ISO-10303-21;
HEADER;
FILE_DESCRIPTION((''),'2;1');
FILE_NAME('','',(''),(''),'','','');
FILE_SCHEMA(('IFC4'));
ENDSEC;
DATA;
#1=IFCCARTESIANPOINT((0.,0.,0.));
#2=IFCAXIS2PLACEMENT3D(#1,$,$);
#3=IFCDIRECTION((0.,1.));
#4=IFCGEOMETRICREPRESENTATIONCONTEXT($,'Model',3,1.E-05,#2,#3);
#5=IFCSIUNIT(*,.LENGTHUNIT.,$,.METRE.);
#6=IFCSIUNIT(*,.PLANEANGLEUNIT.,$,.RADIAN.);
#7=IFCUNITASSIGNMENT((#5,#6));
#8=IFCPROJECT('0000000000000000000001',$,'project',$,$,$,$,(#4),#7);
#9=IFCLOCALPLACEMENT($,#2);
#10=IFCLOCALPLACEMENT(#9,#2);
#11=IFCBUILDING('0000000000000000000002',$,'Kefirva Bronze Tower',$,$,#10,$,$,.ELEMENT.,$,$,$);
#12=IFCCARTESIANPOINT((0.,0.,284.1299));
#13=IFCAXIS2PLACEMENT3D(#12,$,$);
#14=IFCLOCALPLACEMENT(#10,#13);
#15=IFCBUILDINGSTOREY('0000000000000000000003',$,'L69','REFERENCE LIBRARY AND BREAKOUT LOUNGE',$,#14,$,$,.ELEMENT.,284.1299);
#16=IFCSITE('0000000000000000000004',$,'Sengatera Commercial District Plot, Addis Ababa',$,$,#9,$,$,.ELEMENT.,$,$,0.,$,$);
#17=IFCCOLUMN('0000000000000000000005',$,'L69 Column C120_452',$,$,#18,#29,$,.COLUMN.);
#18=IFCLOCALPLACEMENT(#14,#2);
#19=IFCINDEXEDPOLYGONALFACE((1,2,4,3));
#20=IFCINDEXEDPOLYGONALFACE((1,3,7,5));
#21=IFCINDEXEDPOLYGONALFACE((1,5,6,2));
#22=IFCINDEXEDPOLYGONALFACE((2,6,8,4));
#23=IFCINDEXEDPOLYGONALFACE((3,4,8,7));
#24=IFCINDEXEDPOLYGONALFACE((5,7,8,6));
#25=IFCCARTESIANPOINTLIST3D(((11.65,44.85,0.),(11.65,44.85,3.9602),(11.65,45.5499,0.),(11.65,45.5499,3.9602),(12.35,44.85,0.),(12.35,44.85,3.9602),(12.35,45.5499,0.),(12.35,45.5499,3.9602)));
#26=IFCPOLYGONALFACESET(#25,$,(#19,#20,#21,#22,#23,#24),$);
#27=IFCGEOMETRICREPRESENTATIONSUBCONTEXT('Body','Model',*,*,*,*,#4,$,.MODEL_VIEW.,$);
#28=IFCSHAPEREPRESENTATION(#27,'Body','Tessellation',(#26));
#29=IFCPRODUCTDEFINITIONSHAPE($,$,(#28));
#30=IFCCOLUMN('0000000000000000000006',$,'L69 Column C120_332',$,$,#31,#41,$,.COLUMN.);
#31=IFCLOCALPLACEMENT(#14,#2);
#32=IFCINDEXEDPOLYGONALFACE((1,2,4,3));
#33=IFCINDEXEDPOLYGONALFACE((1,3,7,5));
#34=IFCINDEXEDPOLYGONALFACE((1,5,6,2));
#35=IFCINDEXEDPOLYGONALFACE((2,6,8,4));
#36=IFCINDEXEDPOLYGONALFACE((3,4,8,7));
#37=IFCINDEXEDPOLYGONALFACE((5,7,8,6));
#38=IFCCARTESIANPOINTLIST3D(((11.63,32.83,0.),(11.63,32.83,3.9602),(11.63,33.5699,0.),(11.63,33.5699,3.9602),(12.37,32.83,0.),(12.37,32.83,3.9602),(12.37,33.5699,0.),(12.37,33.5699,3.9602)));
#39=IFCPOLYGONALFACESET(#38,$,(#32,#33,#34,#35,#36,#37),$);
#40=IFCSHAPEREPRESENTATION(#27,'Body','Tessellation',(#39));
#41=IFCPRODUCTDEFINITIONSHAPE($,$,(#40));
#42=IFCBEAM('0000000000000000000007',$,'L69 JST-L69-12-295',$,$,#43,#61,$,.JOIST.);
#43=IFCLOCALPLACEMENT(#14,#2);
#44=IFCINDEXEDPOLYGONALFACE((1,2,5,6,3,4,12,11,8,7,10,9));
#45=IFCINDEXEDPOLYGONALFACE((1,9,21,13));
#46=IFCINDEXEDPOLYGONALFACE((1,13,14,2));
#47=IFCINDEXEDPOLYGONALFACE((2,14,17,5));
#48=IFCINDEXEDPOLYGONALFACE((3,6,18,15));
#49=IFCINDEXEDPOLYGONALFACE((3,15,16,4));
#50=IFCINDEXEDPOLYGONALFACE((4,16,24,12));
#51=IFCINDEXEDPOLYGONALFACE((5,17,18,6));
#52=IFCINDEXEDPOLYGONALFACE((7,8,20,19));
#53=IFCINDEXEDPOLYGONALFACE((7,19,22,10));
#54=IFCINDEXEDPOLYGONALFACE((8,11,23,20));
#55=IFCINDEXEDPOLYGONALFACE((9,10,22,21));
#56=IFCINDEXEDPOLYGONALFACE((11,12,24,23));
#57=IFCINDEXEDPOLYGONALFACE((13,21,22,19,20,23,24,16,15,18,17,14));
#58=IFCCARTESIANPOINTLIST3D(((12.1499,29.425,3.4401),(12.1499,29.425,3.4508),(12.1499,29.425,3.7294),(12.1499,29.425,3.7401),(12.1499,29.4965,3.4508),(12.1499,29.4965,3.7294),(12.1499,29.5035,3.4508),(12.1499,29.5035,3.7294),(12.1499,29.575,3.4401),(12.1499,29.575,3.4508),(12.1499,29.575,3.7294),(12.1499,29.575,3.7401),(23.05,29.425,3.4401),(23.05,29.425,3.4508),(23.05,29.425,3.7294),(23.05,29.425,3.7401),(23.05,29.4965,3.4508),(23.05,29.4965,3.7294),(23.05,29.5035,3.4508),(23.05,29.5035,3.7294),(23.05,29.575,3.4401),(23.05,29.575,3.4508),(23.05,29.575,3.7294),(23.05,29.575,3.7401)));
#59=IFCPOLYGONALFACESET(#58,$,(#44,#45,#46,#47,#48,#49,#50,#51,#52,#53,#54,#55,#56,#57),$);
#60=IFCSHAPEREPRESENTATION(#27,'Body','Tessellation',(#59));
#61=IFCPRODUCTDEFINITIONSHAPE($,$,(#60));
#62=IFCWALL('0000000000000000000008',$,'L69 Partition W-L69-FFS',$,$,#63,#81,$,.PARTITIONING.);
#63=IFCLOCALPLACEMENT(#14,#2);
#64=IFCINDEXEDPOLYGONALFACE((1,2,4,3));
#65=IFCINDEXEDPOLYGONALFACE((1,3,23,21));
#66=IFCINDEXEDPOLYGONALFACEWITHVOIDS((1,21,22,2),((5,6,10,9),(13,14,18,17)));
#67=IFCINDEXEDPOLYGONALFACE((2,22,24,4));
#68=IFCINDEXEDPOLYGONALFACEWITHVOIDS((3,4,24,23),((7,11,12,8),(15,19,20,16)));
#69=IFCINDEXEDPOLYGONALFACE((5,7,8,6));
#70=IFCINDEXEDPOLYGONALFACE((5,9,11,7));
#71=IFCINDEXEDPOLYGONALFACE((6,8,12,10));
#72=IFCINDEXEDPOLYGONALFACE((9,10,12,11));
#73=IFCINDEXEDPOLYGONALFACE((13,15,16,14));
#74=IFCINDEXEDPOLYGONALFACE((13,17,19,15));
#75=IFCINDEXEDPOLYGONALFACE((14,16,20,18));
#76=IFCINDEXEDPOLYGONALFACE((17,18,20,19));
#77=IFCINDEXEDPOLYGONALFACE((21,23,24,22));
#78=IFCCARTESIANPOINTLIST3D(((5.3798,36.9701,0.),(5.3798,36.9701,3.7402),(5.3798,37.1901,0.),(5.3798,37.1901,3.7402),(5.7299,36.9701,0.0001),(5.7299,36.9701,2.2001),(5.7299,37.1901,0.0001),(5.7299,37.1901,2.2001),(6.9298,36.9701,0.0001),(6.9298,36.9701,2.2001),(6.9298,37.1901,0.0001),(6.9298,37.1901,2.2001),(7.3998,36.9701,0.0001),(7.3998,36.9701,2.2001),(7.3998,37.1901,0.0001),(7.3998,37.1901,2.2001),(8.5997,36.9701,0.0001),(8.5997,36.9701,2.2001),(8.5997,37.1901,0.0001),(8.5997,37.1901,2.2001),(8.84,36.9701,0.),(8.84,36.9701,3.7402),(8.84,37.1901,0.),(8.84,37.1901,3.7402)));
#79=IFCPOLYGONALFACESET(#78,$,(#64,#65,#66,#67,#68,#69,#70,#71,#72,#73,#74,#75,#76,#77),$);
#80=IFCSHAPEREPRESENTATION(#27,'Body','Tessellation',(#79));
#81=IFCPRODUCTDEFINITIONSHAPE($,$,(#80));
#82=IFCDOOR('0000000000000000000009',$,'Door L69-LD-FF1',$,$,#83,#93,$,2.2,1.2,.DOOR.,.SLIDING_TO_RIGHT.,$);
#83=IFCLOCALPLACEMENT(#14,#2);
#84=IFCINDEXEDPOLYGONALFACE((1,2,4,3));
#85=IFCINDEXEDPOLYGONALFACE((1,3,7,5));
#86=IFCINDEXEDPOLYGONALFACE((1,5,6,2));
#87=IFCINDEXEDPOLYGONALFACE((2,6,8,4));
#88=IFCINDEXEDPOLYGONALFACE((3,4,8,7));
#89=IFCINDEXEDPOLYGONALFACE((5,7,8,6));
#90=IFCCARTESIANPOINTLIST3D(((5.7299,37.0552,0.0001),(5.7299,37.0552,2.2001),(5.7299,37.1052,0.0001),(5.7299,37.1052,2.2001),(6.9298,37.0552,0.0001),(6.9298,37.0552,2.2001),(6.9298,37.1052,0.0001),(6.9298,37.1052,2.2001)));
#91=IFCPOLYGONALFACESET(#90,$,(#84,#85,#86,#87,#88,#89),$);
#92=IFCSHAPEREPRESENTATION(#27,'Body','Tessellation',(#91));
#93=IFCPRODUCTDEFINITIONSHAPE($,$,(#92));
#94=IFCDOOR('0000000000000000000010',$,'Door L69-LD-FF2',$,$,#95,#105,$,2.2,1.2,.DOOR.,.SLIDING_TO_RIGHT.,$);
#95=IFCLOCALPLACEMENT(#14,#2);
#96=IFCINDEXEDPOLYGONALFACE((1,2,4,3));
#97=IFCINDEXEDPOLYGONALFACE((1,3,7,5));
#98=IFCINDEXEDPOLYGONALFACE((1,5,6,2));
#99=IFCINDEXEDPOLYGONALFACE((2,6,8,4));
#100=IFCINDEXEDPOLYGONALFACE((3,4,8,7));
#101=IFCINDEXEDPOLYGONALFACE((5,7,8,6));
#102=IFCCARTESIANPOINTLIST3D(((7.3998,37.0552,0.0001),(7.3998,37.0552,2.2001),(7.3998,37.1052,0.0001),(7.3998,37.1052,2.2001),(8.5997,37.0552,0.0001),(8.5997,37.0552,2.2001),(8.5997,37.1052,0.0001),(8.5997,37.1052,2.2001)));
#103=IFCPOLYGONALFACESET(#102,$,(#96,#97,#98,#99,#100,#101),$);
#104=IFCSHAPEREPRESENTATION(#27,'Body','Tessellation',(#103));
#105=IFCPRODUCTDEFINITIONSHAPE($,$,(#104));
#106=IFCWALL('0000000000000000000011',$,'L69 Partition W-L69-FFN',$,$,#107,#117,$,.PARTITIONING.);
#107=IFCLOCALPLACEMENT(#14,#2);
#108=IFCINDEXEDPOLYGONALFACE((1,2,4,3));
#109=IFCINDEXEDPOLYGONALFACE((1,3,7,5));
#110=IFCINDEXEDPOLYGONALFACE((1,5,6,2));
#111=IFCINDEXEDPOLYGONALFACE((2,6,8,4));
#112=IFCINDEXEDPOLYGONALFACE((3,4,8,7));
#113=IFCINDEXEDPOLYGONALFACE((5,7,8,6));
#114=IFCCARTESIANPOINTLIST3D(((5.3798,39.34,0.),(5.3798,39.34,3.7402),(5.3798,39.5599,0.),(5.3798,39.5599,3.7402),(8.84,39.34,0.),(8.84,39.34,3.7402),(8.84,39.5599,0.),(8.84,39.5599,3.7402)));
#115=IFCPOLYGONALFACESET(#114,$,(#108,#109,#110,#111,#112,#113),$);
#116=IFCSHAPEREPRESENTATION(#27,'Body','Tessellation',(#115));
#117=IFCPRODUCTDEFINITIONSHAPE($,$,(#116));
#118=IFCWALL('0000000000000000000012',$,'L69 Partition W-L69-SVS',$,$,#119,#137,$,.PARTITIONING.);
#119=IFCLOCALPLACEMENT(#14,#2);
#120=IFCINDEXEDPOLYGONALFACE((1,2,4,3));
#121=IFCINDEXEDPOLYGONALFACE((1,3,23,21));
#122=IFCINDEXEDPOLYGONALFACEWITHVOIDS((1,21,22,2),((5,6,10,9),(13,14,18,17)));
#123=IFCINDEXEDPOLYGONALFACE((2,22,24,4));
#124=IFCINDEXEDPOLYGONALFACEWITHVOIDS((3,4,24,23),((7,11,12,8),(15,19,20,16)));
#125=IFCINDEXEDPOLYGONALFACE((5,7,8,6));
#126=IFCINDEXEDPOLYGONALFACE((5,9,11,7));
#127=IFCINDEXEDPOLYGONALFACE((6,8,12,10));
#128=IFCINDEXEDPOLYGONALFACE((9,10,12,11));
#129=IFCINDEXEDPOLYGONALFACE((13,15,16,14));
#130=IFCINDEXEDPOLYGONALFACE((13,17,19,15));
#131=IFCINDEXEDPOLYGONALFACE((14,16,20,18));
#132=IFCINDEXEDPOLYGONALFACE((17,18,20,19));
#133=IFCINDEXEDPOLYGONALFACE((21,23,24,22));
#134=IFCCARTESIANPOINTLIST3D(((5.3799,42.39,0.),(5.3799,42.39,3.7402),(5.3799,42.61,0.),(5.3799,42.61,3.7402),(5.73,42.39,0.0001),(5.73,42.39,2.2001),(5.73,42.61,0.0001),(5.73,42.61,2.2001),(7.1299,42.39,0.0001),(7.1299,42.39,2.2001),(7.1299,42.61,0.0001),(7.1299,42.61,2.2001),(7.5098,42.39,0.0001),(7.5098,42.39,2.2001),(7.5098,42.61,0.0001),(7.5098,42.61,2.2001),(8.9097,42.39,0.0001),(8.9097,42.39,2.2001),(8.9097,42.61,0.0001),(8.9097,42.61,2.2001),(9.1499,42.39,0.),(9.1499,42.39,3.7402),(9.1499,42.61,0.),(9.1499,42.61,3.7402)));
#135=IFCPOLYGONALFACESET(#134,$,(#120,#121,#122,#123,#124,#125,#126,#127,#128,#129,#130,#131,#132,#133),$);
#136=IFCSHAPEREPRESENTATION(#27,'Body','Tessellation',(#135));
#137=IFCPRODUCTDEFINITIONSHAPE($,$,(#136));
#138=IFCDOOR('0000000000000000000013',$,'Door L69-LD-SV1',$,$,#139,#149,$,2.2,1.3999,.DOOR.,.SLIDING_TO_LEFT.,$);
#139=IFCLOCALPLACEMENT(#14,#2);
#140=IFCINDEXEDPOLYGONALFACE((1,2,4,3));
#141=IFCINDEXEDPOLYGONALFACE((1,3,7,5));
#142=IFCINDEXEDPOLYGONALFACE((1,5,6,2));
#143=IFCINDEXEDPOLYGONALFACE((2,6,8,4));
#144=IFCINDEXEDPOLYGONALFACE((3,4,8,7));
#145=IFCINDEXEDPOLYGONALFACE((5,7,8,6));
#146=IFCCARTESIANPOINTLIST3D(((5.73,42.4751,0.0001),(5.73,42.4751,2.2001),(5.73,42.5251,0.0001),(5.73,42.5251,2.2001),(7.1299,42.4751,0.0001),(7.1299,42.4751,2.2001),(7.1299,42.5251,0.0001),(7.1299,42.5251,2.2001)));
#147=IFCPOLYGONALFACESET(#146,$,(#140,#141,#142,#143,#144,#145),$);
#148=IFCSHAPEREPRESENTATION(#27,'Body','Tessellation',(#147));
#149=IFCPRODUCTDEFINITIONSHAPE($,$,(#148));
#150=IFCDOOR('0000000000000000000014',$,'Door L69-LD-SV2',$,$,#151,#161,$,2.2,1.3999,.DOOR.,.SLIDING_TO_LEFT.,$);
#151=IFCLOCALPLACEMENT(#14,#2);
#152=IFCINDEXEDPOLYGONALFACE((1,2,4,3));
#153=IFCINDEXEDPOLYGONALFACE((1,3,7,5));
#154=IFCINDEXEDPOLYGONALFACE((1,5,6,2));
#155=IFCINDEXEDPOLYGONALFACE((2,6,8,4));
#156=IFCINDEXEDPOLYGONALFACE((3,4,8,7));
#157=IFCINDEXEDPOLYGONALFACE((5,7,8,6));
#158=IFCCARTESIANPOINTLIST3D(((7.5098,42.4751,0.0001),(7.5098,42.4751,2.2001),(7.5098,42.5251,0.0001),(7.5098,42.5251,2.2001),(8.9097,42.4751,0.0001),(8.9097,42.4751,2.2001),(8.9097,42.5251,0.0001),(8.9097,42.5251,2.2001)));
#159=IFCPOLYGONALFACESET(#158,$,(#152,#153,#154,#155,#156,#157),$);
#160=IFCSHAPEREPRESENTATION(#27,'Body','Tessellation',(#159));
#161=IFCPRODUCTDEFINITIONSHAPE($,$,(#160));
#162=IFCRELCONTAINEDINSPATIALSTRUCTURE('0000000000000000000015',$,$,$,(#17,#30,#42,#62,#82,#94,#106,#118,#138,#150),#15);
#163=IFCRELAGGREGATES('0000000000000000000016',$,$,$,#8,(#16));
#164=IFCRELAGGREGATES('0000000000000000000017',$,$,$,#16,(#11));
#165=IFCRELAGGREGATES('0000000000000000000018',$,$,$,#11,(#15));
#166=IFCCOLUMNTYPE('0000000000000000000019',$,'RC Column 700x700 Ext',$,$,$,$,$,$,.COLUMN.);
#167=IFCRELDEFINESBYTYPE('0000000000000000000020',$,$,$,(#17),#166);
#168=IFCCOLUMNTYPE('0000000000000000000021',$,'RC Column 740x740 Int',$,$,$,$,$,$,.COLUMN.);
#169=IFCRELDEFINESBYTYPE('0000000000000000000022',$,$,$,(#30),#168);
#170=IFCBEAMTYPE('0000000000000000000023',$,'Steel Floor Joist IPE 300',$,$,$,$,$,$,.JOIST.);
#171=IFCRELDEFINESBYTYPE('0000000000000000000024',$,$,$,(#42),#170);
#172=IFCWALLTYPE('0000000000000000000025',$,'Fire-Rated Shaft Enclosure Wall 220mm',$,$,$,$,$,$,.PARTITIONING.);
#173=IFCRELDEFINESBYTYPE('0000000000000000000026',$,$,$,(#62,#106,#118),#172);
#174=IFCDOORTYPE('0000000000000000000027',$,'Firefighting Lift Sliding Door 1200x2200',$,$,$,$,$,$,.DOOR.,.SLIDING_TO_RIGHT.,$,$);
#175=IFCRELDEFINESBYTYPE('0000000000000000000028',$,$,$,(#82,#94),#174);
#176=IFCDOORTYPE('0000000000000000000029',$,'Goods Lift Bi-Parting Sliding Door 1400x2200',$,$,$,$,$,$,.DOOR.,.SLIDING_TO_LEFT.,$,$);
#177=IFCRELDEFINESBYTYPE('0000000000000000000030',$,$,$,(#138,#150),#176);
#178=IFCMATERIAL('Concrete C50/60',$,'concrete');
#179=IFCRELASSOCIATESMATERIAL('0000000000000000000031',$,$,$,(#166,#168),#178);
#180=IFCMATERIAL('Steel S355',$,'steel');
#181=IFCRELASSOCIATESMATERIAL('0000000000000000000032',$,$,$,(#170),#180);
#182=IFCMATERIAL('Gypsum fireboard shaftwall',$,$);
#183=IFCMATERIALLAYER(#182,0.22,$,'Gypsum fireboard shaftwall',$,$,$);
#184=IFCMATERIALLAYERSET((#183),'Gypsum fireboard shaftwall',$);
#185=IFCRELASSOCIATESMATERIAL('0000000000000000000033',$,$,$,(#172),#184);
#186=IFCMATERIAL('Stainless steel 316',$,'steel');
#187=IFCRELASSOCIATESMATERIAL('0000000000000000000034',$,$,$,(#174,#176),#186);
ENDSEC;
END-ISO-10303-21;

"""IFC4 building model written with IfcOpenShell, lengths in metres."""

from ifc_helpers import new_model, si_unit, direction, frame, frame_2d, origin, origin_2d, place, context, subcontext, project, spatial, rectangle, i_section, extrude, material, layer, layer_set, material_profile, profile_set, type_object, element, fill, save


model = new_model("IFC4")

# Units and contexts
model_context = context("Model", 3, precision=1e-05, world=origin(), true_north=direction((0.0, 1.0)))
body_context = subcontext(model_context, "Body", "Model", "MODEL_VIEW")
ifc_project = project(units=[si_unit("LENGTHUNIT", "METRE"), si_unit("PLANEANGLEUNIT", "RADIAN")], contexts=[model_context])

# Site, building, storey
site_placement = place(None, origin())
site = spatial("IfcSite", under=ifc_project, at=site_placement, Name="Sengatera Commercial District Plot, Addis Ababa", CompositionType="ELEMENT", RefElevation=0.0)
building_placement = place(site_placement, origin())
building = spatial("IfcBuilding", under=site, at=building_placement, Name="Kefirva Bronze Tower", CompositionType="ELEMENT")
storey_placement = place(building_placement, frame((0.0, 0.0, 284.1299)))
storey = spatial("IfcBuildingStorey", under=building, at=storey_placement, Name="L69", Description="REFERENCE LIBRARY AND BREAKOUT LOUNGE", CompositionType="ELEMENT", Elevation=284.1299)

# Columns
ifc_material_1 = material(Name="Concrete C50/60", Category="concrete")
ifc_material_profile_1 = material_profile(ifc_material_1, rectangle(XDim=0.7, YDim=0.7, at=origin_2d()), Name="RC 700x700")
ifc_profile_set_1 = profile_set([ifc_material_profile_1], Name="Concrete C50/60")
column_type_1 = type_object("IfcColumnType", Name="RC Column 700x700 Ext", PredefinedType="COLUMN", material=ifc_profile_set_1)
column_1_placement = place(storey_placement, frame((12.0, 45.2, 0.0), z_axis=(0.0, 0.0, 1.0), x_axis=(1.0, 0.0, 0.0)))
element("IfcColumn", 1, at=column_1_placement, inside=storey, type_object=column_type_1, Name="L69 Column C120_452", PredefinedType="COLUMN", context=body_context, shape_type="SweptSolid", body=[
    extrude(rectangle(XDim=0.7, YDim=0.7, at=origin_2d()), origin(), (0.0, 0.0, 1.0), 3.9602),
])
ifc_material_profile_2 = material_profile(ifc_material_1, rectangle(XDim=0.74, YDim=0.74, at=origin_2d()), Name="RC 740x740")
ifc_profile_set_2 = profile_set([ifc_material_profile_2], Name="Concrete C50/60")
column_type_2 = type_object("IfcColumnType", Name="RC Column 740x740 Int", PredefinedType="COLUMN", material=ifc_profile_set_2)
column_2_placement = place(storey_placement, frame((12.0, 33.2, 0.0), z_axis=(0.0, 0.0, 1.0), x_axis=(1.0, 0.0, 0.0)))
element("IfcColumn", 2, at=column_2_placement, inside=storey, type_object=column_type_2, Name="L69 Column C120_332", PredefinedType="COLUMN", context=body_context, shape_type="SweptSolid", body=[
    extrude(rectangle(XDim=0.74, YDim=0.74, at=origin_2d()), origin(), (0.0, 0.0, 1.0), 3.9602),
])

# Beam
ifc_material_2 = material(Name="Steel S355", Category="steel")
ifc_material_profile_3 = material_profile(ifc_material_2, i_section(OverallWidth=0.1499, OverallDepth=0.3, WebThickness=0.0071, FlangeThickness=0.0107, at=origin_2d()), Name="IPE 300")
ifc_profile_set_3 = profile_set([ifc_material_profile_3], Name="Steel S355")
beam_type = type_object("IfcBeamType", Name="Steel Floor Joist IPE 300", PredefinedType="JOIST", material=ifc_profile_set_3)
beam_placement = place(storey_placement, frame((12.1499, 29.5, 3.5901), z_axis=(1.0, 0.0, 0.0), x_axis=(0.0, 1.0, 0.0)))
element("IfcBeam", 3, at=beam_placement, inside=storey, type_object=beam_type, Name="L69 JST-L69-12-295", PredefinedType="JOIST", context=body_context, shape_type="SweptSolid", body=[
    extrude(i_section(OverallWidth=0.1499, OverallDepth=0.3, WebThickness=0.0071, FlangeThickness=0.0107, at=origin_2d()), origin(), (0.0, 0.0, 1.0), 10.9001),
])

# Wall, openings, doors
ifc_material_3 = material(Name="Gypsum fireboard shaftwall")
ifc_layer_1 = layer(ifc_material_3, 0.22, Name="Gypsum fireboard shaftwall")
ifc_layer_set_1 = layer_set([ifc_layer_1], Name="Gypsum fireboard shaftwall")
wall_type_1 = type_object("IfcWallType", Name="Fire-Rated Shaft Enclosure Wall 220mm", PredefinedType="PARTITIONING", material=ifc_layer_set_1)
wall_1_placement = place(storey_placement, frame((5.3799, 37.0801, 0.0), z_axis=(0.0, 0.0, 1.0), x_axis=(1.0, 0.0, 0.0)))
wall_1 = element("IfcWall", 4, at=wall_1_placement, inside=storey, type_object=wall_type_1, Name="L69 Partition W-L69-FFS", PredefinedType="PARTITIONING", context=body_context, shape_type="SweptSolid", body=[
    extrude(rectangle(XDim=3.4602, YDim=0.22, at=frame_2d((1.73, 0.0))), origin(), (0.0, 0.0, 1.0), 3.7402),
])
opening_1_placement = place(wall_1_placement, frame((1.55, 0.0, 0.0), z_axis=(0.0, 0.0, 1.0), x_axis=(-1.0, 0.0, 0.0)))
opening_1 = element("IfcOpeningElement", 5, at=opening_1_placement, cuts=wall_1, PredefinedType="OPENING", context=body_context, shape_type="SweptSolid", body=[
    extrude(rectangle(XDim=1.2, YDim=2.2, at=frame_2d((0.6001, 1.1001))), frame((0.0, 0.1201, 0.0), z_axis=(0.0, -1.0, 0.0), x_axis=(1.0, 0.0, 0.0)), (0.0, 0.0, 1.0), 0.24),
])
opening_2_placement = place(wall_1_placement, frame((3.22, 0.0, 0.0), z_axis=(0.0, 0.0, 1.0), x_axis=(-1.0, 0.0, 0.0)))
opening_2 = element("IfcOpeningElement", 6, at=opening_2_placement, cuts=wall_1, PredefinedType="OPENING", context=body_context, shape_type="SweptSolid", body=[
    extrude(rectangle(XDim=1.2, YDim=2.2, at=frame_2d((0.6001, 1.1001))), frame((0.0, 0.1201, 0.0), z_axis=(0.0, -1.0, 0.0), x_axis=(1.0, 0.0, 0.0)), (0.0, 0.0, 1.0), 0.24),
])
ifc_material_4 = material(Name="Stainless steel 316", Category="steel")
door_type_1 = type_object("IfcDoorType", Name="Firefighting Lift Sliding Door 1200x2200", OperationType="SLIDING_TO_RIGHT", PredefinedType="DOOR", material=ifc_material_4)
door_1_placement = place(opening_1_placement, origin())
door_1 = element("IfcDoor", 7, at=door_1_placement, inside=storey, type_object=door_type_1, Name="Door L69-LD-FF1", OperationType="SLIDING_TO_RIGHT", OverallHeight=2.2, OverallWidth=1.2, PredefinedType="DOOR", context=body_context, shape_type="SweptSolid", body=[
    extrude(rectangle(XDim=1.2, YDim=2.2, at=frame_2d((0.6001, 1.1001))), frame((0.0, 0.0249, 0.0), z_axis=(0.0, -1.0, 0.0), x_axis=(1.0, 0.0, 0.0)), (0.0, 0.0, 1.0), 0.05),
])
fill(opening_1, door_1)
door_2_placement = place(opening_2_placement, origin())
door_2 = element("IfcDoor", 8, at=door_2_placement, inside=storey, type_object=door_type_1, Name="Door L69-LD-FF2", OperationType="SLIDING_TO_RIGHT", OverallHeight=2.2, OverallWidth=1.2, PredefinedType="DOOR", context=body_context, shape_type="SweptSolid", body=[
    extrude(rectangle(XDim=1.2, YDim=2.2, at=frame_2d((0.6001, 1.1001))), frame((0.0, 0.0249, 0.0), z_axis=(0.0, -1.0, 0.0), x_axis=(1.0, 0.0, 0.0)), (0.0, 0.0, 1.0), 0.05),
])
fill(opening_2, door_2)

# Wall
wall_2_placement = place(storey_placement, frame((5.3799, 39.45, 0.0), z_axis=(0.0, 0.0, 1.0), x_axis=(1.0, 0.0, 0.0)))
element("IfcWall", 9, at=wall_2_placement, inside=storey, type_object=wall_type_1, Name="L69 Partition W-L69-FFN", PredefinedType="PARTITIONING", context=body_context, shape_type="SweptSolid", body=[
    extrude(rectangle(XDim=3.4602, YDim=0.22, at=frame_2d((1.73, 0.0))), origin(), (0.0, 0.0, 1.0), 3.7402),
])

# Wall, openings, doors
wall_3_placement = place(storey_placement, frame((5.3799, 42.5, 0.0), z_axis=(0.0, 0.0, 1.0), x_axis=(1.0, 0.0, 0.0)))
wall_3 = element("IfcWall", 10, at=wall_3_placement, inside=storey, type_object=wall_type_1, Name="L69 Partition W-L69-SVS", PredefinedType="PARTITIONING", context=body_context, shape_type="SweptSolid", body=[
    extrude(rectangle(XDim=3.77, YDim=0.22, at=frame_2d((1.885, 0.0))), origin(), (0.0, 0.0, 1.0), 3.7402),
])
opening_3_placement = place(wall_3_placement, frame((1.75, 0.0, 0.0), z_axis=(0.0, 0.0, 1.0), x_axis=(-1.0, 0.0, 0.0)))
opening_3 = element("IfcOpeningElement", 11, at=opening_3_placement, cuts=wall_3, PredefinedType="OPENING", context=body_context, shape_type="SweptSolid", body=[
    extrude(rectangle(XDim=1.3999, YDim=2.2, at=frame_2d((0.7, 1.1001))), frame((0.0, 0.1201, 0.0), z_axis=(0.0, -1.0, 0.0), x_axis=(1.0, 0.0, 0.0)), (0.0, 0.0, 1.0), 0.24),
])
opening_4_placement = place(wall_3_placement, frame((3.5298, 0.0, 0.0), z_axis=(0.0, 0.0, 1.0), x_axis=(-1.0, 0.0, 0.0)))
opening_4 = element("IfcOpeningElement", 12, at=opening_4_placement, cuts=wall_3, PredefinedType="OPENING", context=body_context, shape_type="SweptSolid", body=[
    extrude(rectangle(XDim=1.3999, YDim=2.2, at=frame_2d((0.7, 1.1001))), frame((0.0, 0.1201, 0.0), z_axis=(0.0, -1.0, 0.0), x_axis=(1.0, 0.0, 0.0)), (0.0, 0.0, 1.0), 0.24),
])
door_type_2 = type_object("IfcDoorType", Name="Goods Lift Bi-Parting Sliding Door 1400x2200", OperationType="SLIDING_TO_LEFT", PredefinedType="DOOR", material=ifc_material_4)
door_3_placement = place(opening_3_placement, origin())
door_3 = element("IfcDoor", 13, at=door_3_placement, inside=storey, type_object=door_type_2, Name="Door L69-LD-SV1", OperationType="SLIDING_TO_LEFT", OverallHeight=2.2, OverallWidth=1.3999, PredefinedType="DOOR", context=body_context, shape_type="SweptSolid", body=[
    extrude(rectangle(XDim=1.3999, YDim=2.2, at=frame_2d((0.7, 1.1001))), frame((0.0, 0.0249, 0.0), z_axis=(0.0, -1.0, 0.0), x_axis=(1.0, 0.0, 0.0)), (0.0, 0.0, 1.0), 0.05),
])
fill(opening_3, door_3)
door_4_placement = place(opening_4_placement, origin())
door_4 = element("IfcDoor", 14, at=door_4_placement, inside=storey, type_object=door_type_2, Name="Door L69-LD-SV2", OperationType="SLIDING_TO_LEFT", OverallHeight=2.2, OverallWidth=1.3999, PredefinedType="DOOR", context=body_context, shape_type="SweptSolid", body=[
    extrude(rectangle(XDim=1.3999, YDim=2.2, at=frame_2d((0.7, 1.1001))), frame((0.0, 0.0249, 0.0), z_axis=(0.0, -1.0, 0.0), x_axis=(1.0, 0.0, 0.0)), (0.0, 0.0, 1.0), 0.05),
])
fill(opening_4, door_4)

save(model, "model.ifc")
